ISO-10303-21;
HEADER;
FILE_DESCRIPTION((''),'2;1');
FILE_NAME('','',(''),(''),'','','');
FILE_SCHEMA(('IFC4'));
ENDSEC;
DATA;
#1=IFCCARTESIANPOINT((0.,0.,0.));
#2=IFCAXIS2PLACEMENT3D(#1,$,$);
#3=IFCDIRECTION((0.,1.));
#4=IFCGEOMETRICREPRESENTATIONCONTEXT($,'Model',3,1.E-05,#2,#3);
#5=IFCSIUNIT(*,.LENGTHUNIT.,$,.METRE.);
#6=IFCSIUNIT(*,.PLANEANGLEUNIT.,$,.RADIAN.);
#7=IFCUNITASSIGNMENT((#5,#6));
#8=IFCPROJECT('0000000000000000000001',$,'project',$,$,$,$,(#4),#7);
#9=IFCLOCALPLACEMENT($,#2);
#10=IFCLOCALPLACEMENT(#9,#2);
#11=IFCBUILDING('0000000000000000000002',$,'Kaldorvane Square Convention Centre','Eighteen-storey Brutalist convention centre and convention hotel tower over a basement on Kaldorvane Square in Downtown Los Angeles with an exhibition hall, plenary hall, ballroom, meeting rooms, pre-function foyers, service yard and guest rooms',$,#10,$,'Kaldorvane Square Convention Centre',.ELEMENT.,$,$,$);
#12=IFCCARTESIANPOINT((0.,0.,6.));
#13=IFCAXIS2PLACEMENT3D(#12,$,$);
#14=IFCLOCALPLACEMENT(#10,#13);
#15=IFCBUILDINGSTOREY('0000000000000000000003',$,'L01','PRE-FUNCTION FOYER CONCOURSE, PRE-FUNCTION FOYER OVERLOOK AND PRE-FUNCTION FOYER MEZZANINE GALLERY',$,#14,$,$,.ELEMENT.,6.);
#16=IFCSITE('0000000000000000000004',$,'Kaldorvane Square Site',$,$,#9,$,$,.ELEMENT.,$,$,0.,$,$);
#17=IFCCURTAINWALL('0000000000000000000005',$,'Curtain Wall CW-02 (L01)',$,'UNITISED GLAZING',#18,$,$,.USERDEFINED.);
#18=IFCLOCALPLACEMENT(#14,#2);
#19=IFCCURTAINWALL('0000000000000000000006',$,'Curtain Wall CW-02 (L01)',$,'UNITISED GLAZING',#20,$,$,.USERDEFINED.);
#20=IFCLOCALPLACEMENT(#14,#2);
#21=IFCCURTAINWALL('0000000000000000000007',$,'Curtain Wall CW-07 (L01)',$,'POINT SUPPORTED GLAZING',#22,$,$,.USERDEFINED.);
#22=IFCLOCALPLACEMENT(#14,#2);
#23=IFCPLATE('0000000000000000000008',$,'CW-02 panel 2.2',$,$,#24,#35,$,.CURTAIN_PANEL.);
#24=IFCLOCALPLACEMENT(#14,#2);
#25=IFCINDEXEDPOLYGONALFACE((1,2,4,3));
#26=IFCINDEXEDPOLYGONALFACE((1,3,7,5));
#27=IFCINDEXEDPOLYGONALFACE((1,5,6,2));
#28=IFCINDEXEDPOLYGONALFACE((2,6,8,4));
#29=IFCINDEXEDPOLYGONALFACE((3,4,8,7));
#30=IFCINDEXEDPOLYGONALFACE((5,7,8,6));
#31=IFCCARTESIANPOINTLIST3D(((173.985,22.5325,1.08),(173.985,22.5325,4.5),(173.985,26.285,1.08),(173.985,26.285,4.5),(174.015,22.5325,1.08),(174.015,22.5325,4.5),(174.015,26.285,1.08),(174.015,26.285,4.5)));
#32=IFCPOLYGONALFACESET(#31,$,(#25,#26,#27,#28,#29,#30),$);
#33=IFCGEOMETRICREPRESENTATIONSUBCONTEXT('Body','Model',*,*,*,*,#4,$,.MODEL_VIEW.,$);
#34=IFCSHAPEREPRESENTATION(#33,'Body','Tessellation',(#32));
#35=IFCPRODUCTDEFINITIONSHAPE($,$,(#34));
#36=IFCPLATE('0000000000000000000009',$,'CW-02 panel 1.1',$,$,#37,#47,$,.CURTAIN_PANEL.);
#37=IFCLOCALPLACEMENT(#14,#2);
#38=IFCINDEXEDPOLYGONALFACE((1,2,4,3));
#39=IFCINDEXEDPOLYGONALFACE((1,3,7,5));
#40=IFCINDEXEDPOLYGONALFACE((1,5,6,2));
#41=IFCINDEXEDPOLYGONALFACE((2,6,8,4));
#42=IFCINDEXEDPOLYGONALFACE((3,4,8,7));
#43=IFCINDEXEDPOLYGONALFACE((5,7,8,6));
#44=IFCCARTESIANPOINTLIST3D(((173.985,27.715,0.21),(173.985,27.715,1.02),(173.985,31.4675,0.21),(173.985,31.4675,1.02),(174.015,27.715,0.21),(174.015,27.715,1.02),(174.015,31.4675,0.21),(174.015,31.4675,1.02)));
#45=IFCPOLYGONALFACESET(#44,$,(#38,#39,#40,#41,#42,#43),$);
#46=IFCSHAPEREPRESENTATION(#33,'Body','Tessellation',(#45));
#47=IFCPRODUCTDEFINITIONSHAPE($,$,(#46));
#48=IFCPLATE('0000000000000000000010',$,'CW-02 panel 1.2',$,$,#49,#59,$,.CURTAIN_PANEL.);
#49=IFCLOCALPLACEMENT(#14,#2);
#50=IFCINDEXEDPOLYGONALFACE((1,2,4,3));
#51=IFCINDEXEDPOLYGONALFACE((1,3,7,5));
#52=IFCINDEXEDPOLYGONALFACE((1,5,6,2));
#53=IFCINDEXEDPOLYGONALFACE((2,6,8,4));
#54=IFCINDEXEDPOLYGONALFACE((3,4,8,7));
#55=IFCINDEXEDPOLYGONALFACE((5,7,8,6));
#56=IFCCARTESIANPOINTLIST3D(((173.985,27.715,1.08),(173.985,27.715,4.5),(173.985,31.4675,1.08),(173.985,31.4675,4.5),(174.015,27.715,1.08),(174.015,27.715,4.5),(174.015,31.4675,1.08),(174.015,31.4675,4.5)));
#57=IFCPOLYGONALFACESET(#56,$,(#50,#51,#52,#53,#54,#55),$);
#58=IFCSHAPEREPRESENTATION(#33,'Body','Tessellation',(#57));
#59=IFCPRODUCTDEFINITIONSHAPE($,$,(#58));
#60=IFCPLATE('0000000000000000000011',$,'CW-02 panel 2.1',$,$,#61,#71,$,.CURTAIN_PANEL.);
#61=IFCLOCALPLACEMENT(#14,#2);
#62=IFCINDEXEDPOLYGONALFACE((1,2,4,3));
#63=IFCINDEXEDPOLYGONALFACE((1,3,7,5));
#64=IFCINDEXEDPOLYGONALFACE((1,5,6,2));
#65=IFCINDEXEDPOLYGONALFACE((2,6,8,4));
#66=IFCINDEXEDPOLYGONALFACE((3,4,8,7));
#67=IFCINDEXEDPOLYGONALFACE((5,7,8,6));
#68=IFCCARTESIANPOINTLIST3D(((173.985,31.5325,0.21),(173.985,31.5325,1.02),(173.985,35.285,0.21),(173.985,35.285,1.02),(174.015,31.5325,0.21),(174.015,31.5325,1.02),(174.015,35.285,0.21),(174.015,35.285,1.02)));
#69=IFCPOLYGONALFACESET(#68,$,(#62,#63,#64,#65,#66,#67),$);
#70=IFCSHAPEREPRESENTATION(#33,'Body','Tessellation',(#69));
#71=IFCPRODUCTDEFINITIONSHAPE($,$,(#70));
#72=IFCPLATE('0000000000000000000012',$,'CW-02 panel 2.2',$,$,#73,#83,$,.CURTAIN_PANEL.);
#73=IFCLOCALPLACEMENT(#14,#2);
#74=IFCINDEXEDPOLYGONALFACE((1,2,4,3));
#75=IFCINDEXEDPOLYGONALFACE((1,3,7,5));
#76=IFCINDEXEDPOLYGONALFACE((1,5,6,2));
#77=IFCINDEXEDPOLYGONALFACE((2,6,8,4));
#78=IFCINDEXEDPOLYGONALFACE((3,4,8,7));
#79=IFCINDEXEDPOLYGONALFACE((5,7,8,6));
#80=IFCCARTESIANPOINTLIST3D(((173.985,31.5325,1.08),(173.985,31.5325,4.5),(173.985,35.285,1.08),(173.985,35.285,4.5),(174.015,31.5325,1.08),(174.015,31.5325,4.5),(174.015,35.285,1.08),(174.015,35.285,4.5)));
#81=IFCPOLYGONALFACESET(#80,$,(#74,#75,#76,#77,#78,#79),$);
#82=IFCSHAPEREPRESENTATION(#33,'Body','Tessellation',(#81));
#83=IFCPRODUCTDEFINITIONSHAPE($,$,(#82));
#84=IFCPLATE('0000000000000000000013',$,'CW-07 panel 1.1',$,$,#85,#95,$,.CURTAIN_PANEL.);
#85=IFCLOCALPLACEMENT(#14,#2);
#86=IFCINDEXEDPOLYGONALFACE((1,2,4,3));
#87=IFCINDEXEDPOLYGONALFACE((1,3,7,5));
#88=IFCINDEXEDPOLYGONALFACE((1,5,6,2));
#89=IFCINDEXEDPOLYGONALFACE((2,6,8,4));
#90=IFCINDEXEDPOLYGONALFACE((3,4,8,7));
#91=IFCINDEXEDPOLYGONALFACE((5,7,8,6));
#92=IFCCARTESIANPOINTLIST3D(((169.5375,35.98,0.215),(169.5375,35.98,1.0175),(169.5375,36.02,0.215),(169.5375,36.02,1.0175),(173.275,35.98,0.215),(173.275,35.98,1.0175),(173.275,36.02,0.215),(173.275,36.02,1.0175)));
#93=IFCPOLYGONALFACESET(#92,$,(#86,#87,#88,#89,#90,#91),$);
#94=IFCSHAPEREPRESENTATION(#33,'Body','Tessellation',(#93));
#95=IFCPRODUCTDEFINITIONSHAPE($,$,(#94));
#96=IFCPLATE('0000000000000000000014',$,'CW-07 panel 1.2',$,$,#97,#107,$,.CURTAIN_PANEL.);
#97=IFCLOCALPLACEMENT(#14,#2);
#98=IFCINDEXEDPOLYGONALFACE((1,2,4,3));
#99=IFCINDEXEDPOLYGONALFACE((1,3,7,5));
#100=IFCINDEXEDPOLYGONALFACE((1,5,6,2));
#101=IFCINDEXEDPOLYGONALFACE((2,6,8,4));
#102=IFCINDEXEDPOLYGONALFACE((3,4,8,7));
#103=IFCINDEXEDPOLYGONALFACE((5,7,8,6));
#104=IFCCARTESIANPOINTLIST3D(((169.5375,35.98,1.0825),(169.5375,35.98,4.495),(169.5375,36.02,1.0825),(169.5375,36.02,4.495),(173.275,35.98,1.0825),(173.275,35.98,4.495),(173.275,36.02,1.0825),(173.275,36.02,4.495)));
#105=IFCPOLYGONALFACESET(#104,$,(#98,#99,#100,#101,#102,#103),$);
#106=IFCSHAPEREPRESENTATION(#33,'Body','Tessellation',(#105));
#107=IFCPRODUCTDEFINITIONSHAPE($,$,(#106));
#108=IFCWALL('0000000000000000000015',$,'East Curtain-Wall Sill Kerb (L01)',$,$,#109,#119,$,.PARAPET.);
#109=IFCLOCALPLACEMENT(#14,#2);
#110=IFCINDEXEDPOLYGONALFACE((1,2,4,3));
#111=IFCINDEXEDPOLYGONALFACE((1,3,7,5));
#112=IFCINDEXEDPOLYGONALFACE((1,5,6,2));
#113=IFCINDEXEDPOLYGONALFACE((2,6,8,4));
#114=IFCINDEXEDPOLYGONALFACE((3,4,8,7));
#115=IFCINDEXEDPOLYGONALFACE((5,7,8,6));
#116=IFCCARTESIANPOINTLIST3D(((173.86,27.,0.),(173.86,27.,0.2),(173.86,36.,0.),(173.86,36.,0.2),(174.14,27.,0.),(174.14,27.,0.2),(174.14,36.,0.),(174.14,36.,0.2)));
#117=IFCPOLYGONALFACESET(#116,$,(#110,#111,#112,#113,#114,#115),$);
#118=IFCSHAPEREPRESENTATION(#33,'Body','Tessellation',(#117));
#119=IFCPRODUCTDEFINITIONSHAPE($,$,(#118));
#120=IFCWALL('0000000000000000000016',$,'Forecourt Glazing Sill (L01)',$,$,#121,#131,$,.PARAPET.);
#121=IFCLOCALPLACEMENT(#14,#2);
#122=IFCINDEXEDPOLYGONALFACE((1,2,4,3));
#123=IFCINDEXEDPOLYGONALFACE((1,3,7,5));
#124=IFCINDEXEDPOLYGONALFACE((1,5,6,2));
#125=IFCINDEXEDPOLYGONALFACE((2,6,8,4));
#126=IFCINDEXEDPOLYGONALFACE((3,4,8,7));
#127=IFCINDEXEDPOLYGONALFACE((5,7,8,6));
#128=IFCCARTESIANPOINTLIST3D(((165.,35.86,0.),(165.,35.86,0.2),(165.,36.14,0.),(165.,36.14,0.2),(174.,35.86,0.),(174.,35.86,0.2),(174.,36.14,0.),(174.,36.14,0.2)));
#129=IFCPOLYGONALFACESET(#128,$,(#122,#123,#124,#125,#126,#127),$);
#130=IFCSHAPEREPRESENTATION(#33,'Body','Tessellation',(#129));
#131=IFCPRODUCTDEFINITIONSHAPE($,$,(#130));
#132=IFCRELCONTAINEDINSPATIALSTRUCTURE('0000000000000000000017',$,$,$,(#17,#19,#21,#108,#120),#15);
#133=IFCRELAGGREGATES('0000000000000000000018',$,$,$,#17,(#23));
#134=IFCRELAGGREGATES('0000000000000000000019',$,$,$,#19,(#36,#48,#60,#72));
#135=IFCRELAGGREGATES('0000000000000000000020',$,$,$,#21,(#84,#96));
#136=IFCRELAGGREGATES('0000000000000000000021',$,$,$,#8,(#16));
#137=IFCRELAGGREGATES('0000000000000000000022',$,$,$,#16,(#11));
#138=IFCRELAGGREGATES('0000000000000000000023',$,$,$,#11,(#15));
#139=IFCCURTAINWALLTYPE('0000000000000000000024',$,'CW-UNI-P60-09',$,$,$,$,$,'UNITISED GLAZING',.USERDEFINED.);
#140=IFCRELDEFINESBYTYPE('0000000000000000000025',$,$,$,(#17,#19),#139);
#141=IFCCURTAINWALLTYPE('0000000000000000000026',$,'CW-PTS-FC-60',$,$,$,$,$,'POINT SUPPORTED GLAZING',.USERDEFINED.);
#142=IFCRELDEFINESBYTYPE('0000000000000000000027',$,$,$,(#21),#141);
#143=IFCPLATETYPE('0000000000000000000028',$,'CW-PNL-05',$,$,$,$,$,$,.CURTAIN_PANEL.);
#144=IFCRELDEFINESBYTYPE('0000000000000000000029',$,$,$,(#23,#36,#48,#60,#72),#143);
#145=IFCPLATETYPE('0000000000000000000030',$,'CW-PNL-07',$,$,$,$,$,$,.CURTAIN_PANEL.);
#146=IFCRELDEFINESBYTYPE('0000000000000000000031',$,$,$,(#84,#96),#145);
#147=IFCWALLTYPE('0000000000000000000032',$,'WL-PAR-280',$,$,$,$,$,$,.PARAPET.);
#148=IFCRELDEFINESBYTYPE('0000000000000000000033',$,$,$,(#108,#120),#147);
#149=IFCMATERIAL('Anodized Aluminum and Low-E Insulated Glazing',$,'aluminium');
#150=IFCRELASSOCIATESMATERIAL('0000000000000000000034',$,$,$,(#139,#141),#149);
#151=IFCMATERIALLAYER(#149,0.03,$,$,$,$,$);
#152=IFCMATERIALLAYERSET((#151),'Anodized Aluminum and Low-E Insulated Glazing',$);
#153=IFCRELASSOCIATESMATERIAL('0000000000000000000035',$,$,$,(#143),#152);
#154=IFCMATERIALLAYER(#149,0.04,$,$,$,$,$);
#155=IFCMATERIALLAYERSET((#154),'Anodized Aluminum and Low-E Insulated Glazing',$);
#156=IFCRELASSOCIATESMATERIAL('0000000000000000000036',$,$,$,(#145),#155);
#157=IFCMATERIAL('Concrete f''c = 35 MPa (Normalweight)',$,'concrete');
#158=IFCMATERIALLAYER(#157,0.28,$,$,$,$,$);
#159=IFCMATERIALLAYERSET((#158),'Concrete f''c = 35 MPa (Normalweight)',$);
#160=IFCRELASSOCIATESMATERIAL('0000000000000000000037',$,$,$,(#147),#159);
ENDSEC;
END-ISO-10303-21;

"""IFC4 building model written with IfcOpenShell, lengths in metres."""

from ifc_helpers import new_model, si_unit, direction, frame, frame_2d, origin, origin_2d, place, context, subcontext, project, spatial, rectangle, extrude, material, layer, layer_set, type_object, element, aggregate, save


model = new_model("IFC4")

# Units and contexts
model_context = context("Model", 3, precision=1e-05, world=origin(), true_north=direction((0.0, 1.0)))
body_context = subcontext(model_context, "Body", "Model", "MODEL_VIEW")
ifc_project = project(units=[si_unit("LENGTHUNIT", "METRE"), si_unit("PLANEANGLEUNIT", "RADIAN")], contexts=[model_context])

# Site, building, storey
site_placement = place(None, origin())
site = spatial("IfcSite", under=ifc_project, at=site_placement, Name="Kaldorvane Square Site", CompositionType="ELEMENT", RefElevation=0.0)
building_placement = place(site_placement, origin())
building = spatial("IfcBuilding", under=site, at=building_placement, Name="Kaldorvane Square Convention Centre", Description="Eighteen-storey Brutalist convention centre and convention hotel tower over a basement on Kaldorvane Square in Downtown Los Angeles with an exhibition hall, plenary hall, ballroom, meeting rooms, pre-function foyers, service yard and guest rooms", LongName="Kaldorvane Square Convention Centre", CompositionType="ELEMENT")
storey_placement = place(building_placement, frame((0.0, 0.0, 6.0)))
storey = spatial("IfcBuildingStorey", under=building, at=storey_placement, Name="L01", Description="PRE-FUNCTION FOYER CONCOURSE, PRE-FUNCTION FOYER OVERLOOK AND PRE-FUNCTION FOYER MEZZANINE GALLERY", CompositionType="ELEMENT", Elevation=6.0)

# Curtain wall
ifc_material_1 = material(Name="Anodized Aluminum and Low-E Insulated Glazing", Category="aluminium")
curtain_wall_type_1 = type_object("IfcCurtainWallType", Name="CW-UNI-P60-09", ElementType="UNITISED GLAZING", PredefinedType="USERDEFINED", material=ifc_material_1)
curtain_wall_1_placement = place(storey_placement, origin())
curtain_wall_1 = element("IfcCurtainWall", 1, at=curtain_wall_1_placement, inside=storey, type_object=curtain_wall_type_1, Name="Curtain Wall CW-02 (L01)", ObjectType="UNITISED GLAZING", PredefinedType="USERDEFINED")

# Curtain walls
curtain_wall_2_placement = place(storey_placement, origin())
curtain_wall_2 = element("IfcCurtainWall", 2, at=curtain_wall_2_placement, inside=storey, type_object=curtain_wall_type_1, Name="Curtain Wall CW-02 (L01)", ObjectType="UNITISED GLAZING", PredefinedType="USERDEFINED")
curtain_wall_type_2 = type_object("IfcCurtainWallType", Name="CW-PTS-FC-60", ElementType="POINT SUPPORTED GLAZING", PredefinedType="USERDEFINED", material=ifc_material_1)
curtain_wall_3_placement = place(storey_placement, origin())
curtain_wall_3 = element("IfcCurtainWall", 3, at=curtain_wall_3_placement, inside=storey, type_object=curtain_wall_type_2, Name="Curtain Wall CW-07 (L01)", ObjectType="POINT SUPPORTED GLAZING", PredefinedType="USERDEFINED")

# Plates
ifc_layer_1 = layer(ifc_material_1, 0.03)
ifc_layer_set_1 = layer_set([ifc_layer_1], Name="Anodized Aluminum and Low-E Insulated Glazing")
plate_type_1 = type_object("IfcPlateType", Name="CW-PNL-05", PredefinedType="CURTAIN_PANEL", material=ifc_layer_set_1)
plate_1_placement = place(storey_placement, frame((174.0, 24.4088, 1.08), z_axis=(0.0, 0.0, 1.0), x_axis=(0.0, 1.0, 0.0)))
plate_1 = element("IfcPlate", 4, at=plate_1_placement, type_object=plate_type_1, Name="CW-02 panel 2.2", PredefinedType="CURTAIN_PANEL", context=body_context, shape_type="SweptSolid", body=[
    extrude(rectangle(XDim=3.7525, YDim=0.03, at=origin_2d()), origin(), (0.0, 0.0, 1.0), 3.42),
])
aggregate(curtain_wall_1, [plate_1])
plate_2_placement = place(storey_placement, frame((174.0, 29.5912, 0.21), z_axis=(0.0, 0.0, 1.0), x_axis=(0.0, 1.0, 0.0)))
plate_2 = element("IfcPlate", 5, at=plate_2_placement, type_object=plate_type_1, Name="CW-02 panel 1.1", PredefinedType="CURTAIN_PANEL", context=body_context, shape_type="SweptSolid", body=[
    extrude(rectangle(XDim=3.7525, YDim=0.03, at=origin_2d()), origin(), (0.0, 0.0, 1.0), 0.81),
])
plate_3_placement = place(storey_placement, frame((174.0, 29.5912, 1.08), z_axis=(0.0, 0.0, 1.0), x_axis=(0.0, 1.0, 0.0)))
plate_3 = element("IfcPlate", 6, at=plate_3_placement, type_object=plate_type_1, Name="CW-02 panel 1.2", PredefinedType="CURTAIN_PANEL", context=body_context, shape_type="SweptSolid", body=[
    extrude(rectangle(XDim=3.7525, YDim=0.03, at=origin_2d()), origin(), (0.0, 0.0, 1.0), 3.42),
])
plate_4_placement = place(storey_placement, frame((174.0, 33.4088, 0.21), z_axis=(0.0, 0.0, 1.0), x_axis=(0.0, 1.0, 0.0)))
plate_4 = element("IfcPlate", 7, at=plate_4_placement, type_object=plate_type_1, Name="CW-02 panel 2.1", PredefinedType="CURTAIN_PANEL", context=body_context, shape_type="SweptSolid", body=[
    extrude(rectangle(XDim=3.7525, YDim=0.03, at=origin_2d()), origin(), (0.0, 0.0, 1.0), 0.81),
])
plate_5_placement = place(storey_placement, frame((174.0, 33.4088, 1.08), z_axis=(0.0, 0.0, 1.0), x_axis=(0.0, 1.0, 0.0)))
plate_5 = element("IfcPlate", 8, at=plate_5_placement, type_object=plate_type_1, Name="CW-02 panel 2.2", PredefinedType="CURTAIN_PANEL", context=body_context, shape_type="SweptSolid", body=[
    extrude(rectangle(XDim=3.7525, YDim=0.03, at=origin_2d()), origin(), (0.0, 0.0, 1.0), 3.42),
])
aggregate(curtain_wall_2, [plate_2, plate_3, plate_4, plate_5])
ifc_layer_2 = layer(ifc_material_1, 0.04)
ifc_layer_set_2 = layer_set([ifc_layer_2], Name="Anodized Aluminum and Low-E Insulated Glazing")
plate_type_2 = type_object("IfcPlateType", Name="CW-PNL-07", PredefinedType="CURTAIN_PANEL", material=ifc_layer_set_2)
plate_6_placement = place(storey_placement, frame((171.4062, 36.0, 0.215), z_axis=(0.0, 0.0, 1.0), x_axis=(-1.0, 0.0, 0.0)))
plate_6 = element("IfcPlate", 9, at=plate_6_placement, type_object=plate_type_2, Name="CW-07 panel 1.1", PredefinedType="CURTAIN_PANEL", context=body_context, shape_type="SweptSolid", body=[
    extrude(rectangle(XDim=3.7375, YDim=0.04, at=origin_2d()), origin(), (0.0, 0.0, 1.0), 0.8025),
])
plate_7_placement = place(storey_placement, frame((171.4062, 36.0, 1.0825), z_axis=(0.0, 0.0, 1.0), x_axis=(-1.0, 0.0, 0.0)))
plate_7 = element("IfcPlate", 10, at=plate_7_placement, type_object=plate_type_2, Name="CW-07 panel 1.2", PredefinedType="CURTAIN_PANEL", context=body_context, shape_type="SweptSolid", body=[
    extrude(rectangle(XDim=3.7375, YDim=0.04, at=origin_2d()), origin(), (0.0, 0.0, 1.0), 3.4125),
])
aggregate(curtain_wall_3, [plate_6, plate_7])

# Walls
ifc_material_2 = material(Name="Concrete f'c = 35 MPa (Normalweight)", Category="concrete")
ifc_layer_3 = layer(ifc_material_2, 0.28)
ifc_layer_set_3 = layer_set([ifc_layer_3], Name="Concrete f'c = 35 MPa (Normalweight)")
wall_type = type_object("IfcWallType", Name="WL-PAR-280", PredefinedType="PARAPET", material=ifc_layer_set_3)
for number, where, z_axis, x_axis, name in (
    (11, (174.0, 27.0, 0.0), (0.0, 0.0, 1.0), (0.0, 1.0, 0.0), "East Curtain-Wall Sill Kerb (L01)"),
    (12, (174.0, 36.0, 0.0), (0.0, 0.0, 1.0), (-1.0, 0.0, 0.0), "Forecourt Glazing Sill (L01)"),
):
    element("IfcWall", number, at=place(storey_placement, frame(where, z_axis=z_axis, x_axis=x_axis)), inside=storey, type_object=wall_type, Name=name, PredefinedType="PARAPET", context=body_context, shape_type="SweptSolid", body=[
        extrude(rectangle(XDim=9.0, YDim=0.28, at=frame_2d((4.5, 0.0))), origin(), (0.0, 0.0, 1.0), 0.2),
    ])

save(model, "model.ifc")
